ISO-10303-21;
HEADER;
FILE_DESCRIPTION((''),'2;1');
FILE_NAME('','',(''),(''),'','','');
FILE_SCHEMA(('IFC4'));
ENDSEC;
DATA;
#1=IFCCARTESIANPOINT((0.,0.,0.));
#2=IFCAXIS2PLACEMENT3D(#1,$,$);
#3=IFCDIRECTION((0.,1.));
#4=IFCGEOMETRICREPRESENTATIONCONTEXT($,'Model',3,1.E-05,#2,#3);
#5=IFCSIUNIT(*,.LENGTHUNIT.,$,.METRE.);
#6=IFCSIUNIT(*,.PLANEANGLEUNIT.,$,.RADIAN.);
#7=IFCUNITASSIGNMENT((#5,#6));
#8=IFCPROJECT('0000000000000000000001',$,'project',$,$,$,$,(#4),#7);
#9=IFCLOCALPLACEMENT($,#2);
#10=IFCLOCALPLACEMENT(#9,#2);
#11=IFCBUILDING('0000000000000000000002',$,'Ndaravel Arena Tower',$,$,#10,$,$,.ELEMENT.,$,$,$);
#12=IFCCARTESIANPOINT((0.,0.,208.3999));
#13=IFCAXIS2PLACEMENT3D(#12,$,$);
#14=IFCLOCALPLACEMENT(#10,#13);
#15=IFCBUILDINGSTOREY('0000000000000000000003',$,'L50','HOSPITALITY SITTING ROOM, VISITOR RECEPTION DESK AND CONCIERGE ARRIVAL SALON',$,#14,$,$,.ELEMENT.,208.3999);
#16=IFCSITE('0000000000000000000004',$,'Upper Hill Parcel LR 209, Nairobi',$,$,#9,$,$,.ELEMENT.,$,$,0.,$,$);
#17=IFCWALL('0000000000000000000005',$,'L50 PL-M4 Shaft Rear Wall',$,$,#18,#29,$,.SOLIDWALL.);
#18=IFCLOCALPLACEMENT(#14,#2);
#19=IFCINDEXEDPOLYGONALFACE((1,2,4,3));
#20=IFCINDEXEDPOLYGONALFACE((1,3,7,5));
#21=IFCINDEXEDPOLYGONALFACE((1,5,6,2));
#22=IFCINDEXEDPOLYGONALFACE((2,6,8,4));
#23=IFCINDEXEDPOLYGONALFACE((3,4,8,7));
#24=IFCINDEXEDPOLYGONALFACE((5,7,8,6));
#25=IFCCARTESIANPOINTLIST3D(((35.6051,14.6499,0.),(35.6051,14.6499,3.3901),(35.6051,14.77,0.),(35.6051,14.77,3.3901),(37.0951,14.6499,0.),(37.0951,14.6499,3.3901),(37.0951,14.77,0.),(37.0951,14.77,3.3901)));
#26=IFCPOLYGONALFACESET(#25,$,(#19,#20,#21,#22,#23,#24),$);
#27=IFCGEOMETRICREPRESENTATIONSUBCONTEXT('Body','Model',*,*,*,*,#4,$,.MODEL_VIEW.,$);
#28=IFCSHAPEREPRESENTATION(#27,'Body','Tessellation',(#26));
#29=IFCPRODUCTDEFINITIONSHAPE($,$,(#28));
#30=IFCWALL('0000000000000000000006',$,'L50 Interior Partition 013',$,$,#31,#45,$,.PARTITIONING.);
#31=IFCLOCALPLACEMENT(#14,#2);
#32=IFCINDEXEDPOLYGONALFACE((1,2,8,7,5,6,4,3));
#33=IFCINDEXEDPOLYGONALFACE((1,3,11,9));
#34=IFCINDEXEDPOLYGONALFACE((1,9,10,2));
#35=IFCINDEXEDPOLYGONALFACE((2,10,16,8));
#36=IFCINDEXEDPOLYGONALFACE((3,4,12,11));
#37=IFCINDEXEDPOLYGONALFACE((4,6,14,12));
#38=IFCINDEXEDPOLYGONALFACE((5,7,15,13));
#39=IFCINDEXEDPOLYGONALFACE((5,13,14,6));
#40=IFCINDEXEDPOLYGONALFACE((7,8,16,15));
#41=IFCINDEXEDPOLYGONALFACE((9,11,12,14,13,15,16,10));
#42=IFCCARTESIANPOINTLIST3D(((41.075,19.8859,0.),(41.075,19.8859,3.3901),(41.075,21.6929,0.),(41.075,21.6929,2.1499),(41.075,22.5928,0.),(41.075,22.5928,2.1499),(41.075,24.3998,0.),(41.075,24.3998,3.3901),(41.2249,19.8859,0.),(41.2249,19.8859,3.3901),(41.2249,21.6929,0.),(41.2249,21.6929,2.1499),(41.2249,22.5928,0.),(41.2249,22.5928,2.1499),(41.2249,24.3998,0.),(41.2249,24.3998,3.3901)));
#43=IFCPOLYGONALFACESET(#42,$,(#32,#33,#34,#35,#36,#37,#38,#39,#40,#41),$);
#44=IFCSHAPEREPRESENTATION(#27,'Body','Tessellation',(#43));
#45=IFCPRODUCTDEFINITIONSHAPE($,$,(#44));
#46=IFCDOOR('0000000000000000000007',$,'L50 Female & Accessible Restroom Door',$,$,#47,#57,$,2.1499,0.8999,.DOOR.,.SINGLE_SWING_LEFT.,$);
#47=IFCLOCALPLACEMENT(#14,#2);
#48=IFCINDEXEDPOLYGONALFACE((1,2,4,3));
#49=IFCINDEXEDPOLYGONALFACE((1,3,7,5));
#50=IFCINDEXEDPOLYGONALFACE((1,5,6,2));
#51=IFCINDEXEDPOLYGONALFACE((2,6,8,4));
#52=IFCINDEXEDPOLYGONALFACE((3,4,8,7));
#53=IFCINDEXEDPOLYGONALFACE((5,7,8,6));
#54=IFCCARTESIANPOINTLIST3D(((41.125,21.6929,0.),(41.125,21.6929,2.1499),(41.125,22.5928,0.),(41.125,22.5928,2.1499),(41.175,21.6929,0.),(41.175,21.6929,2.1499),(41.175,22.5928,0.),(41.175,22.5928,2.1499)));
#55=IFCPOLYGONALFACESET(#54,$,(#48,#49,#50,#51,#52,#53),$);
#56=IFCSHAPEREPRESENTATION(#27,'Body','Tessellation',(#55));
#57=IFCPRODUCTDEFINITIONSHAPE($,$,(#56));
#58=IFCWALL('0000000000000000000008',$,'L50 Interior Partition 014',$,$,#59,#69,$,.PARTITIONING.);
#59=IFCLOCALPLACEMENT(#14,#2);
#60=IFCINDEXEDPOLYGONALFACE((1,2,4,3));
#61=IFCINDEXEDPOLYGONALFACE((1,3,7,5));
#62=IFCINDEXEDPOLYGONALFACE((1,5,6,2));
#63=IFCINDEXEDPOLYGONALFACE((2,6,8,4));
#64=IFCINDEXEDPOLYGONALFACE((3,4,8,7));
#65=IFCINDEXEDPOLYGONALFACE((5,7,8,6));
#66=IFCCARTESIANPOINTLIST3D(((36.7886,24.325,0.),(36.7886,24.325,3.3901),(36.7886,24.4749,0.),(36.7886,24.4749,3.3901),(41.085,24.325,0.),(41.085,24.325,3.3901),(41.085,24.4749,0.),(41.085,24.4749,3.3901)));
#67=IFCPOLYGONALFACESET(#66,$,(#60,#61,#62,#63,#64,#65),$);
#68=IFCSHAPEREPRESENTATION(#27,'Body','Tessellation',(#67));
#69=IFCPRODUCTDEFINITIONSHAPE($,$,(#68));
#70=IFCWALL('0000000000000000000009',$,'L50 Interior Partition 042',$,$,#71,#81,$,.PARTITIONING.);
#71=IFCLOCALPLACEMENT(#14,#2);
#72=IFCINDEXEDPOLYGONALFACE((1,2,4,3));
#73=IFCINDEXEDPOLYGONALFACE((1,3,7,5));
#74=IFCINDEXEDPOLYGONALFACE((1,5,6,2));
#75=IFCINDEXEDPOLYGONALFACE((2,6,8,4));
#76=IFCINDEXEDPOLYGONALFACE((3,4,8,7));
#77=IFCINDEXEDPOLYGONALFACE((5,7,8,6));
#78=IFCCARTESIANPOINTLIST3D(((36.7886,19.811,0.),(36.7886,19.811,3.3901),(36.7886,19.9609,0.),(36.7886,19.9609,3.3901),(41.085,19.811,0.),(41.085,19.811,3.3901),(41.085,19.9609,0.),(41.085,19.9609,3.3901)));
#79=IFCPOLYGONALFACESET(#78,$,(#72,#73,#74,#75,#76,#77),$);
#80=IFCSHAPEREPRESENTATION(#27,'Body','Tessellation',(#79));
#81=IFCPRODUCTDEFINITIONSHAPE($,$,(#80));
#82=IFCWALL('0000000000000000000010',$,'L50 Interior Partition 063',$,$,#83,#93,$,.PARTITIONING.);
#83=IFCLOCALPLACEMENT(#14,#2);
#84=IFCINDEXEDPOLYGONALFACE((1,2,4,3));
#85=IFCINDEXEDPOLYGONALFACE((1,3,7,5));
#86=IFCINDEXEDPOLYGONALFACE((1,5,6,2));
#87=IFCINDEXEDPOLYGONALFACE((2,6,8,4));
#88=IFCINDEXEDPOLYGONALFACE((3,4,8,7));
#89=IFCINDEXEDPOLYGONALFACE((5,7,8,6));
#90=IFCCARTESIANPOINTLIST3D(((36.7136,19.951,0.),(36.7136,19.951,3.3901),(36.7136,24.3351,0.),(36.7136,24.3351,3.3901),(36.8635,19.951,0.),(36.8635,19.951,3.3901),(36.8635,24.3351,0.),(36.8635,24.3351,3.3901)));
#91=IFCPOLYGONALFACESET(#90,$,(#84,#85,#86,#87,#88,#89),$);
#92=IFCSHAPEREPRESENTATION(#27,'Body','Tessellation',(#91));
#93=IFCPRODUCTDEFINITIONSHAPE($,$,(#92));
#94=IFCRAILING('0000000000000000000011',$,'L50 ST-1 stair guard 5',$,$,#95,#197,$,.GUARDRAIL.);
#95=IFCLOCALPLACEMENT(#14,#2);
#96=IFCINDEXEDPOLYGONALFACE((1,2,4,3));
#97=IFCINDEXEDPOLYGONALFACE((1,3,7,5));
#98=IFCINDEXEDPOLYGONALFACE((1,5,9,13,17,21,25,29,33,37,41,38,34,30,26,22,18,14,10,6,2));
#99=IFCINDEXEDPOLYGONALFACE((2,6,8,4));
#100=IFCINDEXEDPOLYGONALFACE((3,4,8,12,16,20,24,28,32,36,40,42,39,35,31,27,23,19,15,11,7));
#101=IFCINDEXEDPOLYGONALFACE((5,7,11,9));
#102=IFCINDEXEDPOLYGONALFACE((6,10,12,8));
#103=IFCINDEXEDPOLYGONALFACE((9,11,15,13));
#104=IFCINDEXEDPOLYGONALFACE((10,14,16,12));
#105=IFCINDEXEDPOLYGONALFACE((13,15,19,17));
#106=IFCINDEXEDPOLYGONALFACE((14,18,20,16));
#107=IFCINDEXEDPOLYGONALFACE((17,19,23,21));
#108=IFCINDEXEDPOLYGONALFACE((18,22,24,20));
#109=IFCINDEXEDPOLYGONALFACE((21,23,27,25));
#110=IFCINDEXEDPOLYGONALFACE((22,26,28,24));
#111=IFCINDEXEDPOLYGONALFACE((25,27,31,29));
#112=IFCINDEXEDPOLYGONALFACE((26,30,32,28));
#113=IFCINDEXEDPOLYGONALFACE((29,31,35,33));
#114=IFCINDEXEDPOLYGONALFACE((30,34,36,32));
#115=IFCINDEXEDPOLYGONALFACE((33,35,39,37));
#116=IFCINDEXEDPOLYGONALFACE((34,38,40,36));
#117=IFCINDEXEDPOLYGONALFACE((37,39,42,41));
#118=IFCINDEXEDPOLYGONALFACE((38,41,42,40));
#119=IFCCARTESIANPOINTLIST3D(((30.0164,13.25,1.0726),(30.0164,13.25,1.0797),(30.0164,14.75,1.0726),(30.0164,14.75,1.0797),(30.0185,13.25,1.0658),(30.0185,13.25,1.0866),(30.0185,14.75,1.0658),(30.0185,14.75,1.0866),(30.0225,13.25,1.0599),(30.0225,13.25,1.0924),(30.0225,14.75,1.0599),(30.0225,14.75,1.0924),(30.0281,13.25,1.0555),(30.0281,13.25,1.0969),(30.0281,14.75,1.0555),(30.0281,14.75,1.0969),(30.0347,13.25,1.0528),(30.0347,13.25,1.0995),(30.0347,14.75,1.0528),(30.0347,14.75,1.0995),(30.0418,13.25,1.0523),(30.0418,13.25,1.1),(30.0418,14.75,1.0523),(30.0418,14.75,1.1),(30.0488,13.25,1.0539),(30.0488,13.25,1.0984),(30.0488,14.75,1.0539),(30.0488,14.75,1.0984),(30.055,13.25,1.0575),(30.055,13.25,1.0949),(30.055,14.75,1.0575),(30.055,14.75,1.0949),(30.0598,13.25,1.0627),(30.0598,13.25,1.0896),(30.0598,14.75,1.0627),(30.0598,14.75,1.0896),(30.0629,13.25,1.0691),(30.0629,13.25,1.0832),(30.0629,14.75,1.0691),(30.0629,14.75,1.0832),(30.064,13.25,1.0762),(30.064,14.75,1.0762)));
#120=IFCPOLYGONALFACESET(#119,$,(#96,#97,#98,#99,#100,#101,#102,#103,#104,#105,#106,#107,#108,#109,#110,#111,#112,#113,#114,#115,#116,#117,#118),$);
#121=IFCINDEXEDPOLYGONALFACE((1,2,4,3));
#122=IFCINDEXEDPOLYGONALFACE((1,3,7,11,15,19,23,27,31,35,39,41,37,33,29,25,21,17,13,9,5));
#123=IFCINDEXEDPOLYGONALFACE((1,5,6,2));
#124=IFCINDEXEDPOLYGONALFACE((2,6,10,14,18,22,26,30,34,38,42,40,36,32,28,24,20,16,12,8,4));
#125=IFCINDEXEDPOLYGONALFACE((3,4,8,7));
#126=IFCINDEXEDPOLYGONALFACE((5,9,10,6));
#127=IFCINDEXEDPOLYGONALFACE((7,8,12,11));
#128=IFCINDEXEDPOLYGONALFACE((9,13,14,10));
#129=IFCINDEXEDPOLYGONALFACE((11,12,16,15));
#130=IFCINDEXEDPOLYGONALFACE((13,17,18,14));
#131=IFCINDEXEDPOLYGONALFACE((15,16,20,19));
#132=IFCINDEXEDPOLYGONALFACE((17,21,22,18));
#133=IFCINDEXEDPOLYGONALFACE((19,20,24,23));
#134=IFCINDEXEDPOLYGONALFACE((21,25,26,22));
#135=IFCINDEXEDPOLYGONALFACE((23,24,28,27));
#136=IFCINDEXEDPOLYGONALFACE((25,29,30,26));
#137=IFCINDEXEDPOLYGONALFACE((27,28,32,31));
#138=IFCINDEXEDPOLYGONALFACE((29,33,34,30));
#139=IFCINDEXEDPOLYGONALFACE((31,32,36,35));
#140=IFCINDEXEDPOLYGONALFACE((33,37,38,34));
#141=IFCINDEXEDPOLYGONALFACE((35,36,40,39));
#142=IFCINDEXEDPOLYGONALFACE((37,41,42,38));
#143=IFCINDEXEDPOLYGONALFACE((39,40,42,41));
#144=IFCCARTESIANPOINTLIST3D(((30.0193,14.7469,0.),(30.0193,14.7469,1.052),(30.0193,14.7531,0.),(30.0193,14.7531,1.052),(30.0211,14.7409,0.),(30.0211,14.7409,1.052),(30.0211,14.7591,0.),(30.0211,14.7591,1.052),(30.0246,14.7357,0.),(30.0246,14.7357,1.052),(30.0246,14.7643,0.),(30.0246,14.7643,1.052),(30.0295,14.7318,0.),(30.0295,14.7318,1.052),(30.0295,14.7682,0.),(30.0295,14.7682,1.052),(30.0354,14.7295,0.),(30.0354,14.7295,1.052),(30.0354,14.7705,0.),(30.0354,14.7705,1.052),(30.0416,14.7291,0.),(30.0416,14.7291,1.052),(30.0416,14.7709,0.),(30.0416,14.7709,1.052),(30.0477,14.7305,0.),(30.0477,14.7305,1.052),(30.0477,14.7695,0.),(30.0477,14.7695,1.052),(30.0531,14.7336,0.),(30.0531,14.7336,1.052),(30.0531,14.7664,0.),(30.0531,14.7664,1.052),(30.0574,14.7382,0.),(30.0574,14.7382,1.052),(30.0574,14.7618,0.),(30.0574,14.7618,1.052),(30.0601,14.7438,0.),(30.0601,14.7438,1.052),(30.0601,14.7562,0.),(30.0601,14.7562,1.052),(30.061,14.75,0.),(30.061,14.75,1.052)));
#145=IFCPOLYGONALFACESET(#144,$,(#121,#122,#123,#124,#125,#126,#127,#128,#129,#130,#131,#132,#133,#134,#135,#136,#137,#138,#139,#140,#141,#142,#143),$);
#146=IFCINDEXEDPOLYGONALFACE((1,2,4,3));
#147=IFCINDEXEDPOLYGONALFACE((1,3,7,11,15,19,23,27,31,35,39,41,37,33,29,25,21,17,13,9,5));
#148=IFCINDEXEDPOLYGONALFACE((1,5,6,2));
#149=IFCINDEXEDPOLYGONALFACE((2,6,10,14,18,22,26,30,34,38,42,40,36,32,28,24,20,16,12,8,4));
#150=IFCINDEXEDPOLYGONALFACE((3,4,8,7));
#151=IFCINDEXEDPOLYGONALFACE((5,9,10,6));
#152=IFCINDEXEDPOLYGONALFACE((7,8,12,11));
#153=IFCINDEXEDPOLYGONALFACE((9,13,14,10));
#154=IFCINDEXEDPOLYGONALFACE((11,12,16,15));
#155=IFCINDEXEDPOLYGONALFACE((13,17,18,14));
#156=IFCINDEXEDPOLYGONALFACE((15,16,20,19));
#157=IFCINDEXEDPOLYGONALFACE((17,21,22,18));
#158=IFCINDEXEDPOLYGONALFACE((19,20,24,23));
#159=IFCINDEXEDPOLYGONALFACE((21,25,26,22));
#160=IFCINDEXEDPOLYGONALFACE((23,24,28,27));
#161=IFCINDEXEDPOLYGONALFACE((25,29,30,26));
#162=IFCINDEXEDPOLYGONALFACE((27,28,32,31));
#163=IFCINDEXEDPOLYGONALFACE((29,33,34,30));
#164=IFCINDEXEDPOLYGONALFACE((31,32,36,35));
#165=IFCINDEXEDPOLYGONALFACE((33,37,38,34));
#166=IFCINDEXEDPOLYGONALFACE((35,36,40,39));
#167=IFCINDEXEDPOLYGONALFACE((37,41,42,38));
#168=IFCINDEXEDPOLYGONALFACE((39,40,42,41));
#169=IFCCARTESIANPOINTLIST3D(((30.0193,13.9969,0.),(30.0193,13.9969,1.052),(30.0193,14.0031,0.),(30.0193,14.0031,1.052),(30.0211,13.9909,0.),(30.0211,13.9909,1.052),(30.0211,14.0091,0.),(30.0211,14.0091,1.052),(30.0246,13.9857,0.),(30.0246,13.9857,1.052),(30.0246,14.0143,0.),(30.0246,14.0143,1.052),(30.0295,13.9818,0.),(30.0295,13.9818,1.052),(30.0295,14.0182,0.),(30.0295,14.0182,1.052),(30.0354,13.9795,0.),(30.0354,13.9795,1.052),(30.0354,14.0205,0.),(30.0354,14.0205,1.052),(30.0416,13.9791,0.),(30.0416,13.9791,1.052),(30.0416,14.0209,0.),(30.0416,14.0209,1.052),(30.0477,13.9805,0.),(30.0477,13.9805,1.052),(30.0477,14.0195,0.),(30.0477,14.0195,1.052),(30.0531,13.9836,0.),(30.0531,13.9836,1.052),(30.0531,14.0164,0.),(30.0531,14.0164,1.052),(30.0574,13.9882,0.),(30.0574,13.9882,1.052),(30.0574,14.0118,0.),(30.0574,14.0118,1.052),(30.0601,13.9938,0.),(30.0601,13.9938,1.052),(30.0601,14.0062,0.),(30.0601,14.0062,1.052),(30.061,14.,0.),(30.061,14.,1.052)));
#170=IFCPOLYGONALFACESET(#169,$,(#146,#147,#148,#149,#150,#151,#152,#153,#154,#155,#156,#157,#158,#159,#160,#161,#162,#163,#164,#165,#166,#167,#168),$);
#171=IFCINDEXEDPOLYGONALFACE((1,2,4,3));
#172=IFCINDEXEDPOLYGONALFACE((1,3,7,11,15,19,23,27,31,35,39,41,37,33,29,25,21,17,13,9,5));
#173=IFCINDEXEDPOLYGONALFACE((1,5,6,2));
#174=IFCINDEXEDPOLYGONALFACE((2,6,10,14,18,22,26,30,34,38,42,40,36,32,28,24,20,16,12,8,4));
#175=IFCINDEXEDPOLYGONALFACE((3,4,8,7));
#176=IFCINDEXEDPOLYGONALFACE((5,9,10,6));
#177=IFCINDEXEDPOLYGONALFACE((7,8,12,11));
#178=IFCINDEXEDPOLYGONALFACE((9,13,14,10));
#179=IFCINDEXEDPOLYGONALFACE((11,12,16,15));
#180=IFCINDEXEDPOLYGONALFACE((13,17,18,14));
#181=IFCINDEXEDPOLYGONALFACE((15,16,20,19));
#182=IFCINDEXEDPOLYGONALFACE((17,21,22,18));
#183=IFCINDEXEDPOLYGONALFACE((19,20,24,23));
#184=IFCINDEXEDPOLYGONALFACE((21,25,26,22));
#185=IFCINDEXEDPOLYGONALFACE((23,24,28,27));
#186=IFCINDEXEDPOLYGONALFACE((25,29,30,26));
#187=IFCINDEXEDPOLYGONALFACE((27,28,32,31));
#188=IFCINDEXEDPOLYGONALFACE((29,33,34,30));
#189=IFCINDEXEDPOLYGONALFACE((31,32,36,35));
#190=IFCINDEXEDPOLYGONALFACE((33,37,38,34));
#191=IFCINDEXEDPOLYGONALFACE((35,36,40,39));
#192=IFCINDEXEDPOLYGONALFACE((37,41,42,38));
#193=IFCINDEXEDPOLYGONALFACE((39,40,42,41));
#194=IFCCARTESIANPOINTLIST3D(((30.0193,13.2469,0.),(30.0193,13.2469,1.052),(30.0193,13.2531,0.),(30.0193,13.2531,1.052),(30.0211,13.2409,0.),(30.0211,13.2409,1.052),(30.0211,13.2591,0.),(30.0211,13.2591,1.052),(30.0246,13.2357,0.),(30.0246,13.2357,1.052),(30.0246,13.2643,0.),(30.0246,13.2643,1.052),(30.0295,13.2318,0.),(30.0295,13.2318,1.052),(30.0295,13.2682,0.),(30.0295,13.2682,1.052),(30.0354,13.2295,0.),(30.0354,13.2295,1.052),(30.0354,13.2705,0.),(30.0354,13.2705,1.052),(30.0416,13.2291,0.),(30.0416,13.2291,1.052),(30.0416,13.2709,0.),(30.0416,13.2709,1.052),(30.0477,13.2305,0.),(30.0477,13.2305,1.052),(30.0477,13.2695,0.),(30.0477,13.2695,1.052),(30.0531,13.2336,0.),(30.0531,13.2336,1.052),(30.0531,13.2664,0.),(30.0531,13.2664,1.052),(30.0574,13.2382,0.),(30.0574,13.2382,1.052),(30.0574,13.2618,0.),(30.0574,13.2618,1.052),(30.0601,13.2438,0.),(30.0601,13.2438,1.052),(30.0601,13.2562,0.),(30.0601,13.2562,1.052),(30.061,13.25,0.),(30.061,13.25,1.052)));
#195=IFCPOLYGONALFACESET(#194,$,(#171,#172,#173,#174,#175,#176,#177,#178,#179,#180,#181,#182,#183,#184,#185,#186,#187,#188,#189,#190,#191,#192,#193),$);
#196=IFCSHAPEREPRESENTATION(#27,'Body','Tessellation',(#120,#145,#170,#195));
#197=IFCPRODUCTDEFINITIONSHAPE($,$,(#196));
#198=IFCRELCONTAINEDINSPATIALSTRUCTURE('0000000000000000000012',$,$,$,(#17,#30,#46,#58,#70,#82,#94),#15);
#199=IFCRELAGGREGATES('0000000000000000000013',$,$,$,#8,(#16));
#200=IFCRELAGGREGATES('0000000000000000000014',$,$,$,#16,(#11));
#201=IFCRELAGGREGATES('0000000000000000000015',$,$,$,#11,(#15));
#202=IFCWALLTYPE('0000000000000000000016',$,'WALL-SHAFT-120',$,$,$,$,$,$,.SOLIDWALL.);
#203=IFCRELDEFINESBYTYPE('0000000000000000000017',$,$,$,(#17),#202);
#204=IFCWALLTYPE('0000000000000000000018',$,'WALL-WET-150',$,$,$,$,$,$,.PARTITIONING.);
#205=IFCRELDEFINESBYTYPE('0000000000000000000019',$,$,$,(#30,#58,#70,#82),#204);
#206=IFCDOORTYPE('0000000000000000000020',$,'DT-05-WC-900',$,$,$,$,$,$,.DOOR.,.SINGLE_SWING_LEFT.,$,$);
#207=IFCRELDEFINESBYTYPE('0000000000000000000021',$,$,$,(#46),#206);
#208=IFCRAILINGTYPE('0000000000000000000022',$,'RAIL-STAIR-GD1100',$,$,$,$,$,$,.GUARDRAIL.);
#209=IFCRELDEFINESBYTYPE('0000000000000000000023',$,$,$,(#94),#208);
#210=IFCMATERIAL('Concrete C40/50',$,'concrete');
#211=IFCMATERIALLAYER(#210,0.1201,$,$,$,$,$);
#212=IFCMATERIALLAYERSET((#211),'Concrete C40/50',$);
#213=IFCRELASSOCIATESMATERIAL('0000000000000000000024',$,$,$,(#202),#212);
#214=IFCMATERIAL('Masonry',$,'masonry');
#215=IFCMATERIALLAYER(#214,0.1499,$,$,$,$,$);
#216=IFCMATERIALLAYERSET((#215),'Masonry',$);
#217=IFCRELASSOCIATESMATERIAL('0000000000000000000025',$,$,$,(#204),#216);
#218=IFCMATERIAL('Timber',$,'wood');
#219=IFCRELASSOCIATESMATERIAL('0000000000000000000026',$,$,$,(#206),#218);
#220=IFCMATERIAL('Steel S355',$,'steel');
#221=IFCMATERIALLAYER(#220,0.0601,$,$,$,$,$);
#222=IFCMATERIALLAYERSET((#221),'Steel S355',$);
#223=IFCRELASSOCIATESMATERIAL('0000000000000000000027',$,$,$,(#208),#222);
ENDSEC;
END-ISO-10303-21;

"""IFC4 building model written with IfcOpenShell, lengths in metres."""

from ifc_helpers import new_model, si_unit, direction, frame, frame_2d, origin, origin_2d, place, context, subcontext, project, spatial, rectangle, circle, extrude, material, layer, layer_set, type_object, element, fill, save


model = new_model("IFC4")

# Units and contexts
model_context = context("Model", 3, precision=1e-05, world=origin(), true_north=direction((0.0, 1.0)))
body_context = subcontext(model_context, "Body", "Model", "MODEL_VIEW")
ifc_project = project(units=[si_unit("LENGTHUNIT", "METRE"), si_unit("PLANEANGLEUNIT", "RADIAN")], contexts=[model_context])

# Site, building, storey
site_placement = place(None, origin())
site = spatial("IfcSite", under=ifc_project, at=site_placement, Name="Upper Hill Parcel LR 209, Nairobi", CompositionType="ELEMENT", RefElevation=0.0)
building_placement = place(site_placement, origin())
building = spatial("IfcBuilding", under=site, at=building_placement, Name="Ndaravel Arena Tower", CompositionType="ELEMENT")
storey_placement = place(building_placement, frame((0.0, 0.0, 208.3999)))
storey = spatial("IfcBuildingStorey", under=building, at=storey_placement, Name="L50", Description="HOSPITALITY SITTING ROOM, VISITOR RECEPTION DESK AND CONCIERGE ARRIVAL SALON", CompositionType="ELEMENT", Elevation=208.3999)

# Wall
ifc_material_1 = material(Name="Concrete C40/50", Category="concrete")
ifc_layer_1 = layer(ifc_material_1, 0.1201)
ifc_layer_set_1 = layer_set([ifc_layer_1], Name="Concrete C40/50")
wall_type_1 = type_object("IfcWallType", Name="WALL-SHAFT-120", PredefinedType="SOLIDWALL", material=ifc_layer_set_1)
wall_1_placement = place(storey_placement, frame((35.605, 14.71, 0.0), z_axis=(0.0, 0.0, 1.0), x_axis=(1.0, 0.0, 0.0)))
element("IfcWall", 1, at=wall_1_placement, inside=storey, type_object=wall_type_1, Name="L50 PL-M4 Shaft Rear Wall", PredefinedType="SOLIDWALL", context=body_context, shape_type="SweptSolid", body=[
    extrude(rectangle(XDim=1.49, YDim=0.1201, at=frame_2d((0.7451, 0.0))), origin(), (0.0, 0.0, 1.0), 3.3901),
])

# Wall, opening, door
ifc_material_2 = material(Name="Masonry", Category="masonry")
ifc_layer_2 = layer(ifc_material_2, 0.1499)
ifc_layer_set_2 = layer_set([ifc_layer_2], Name="Masonry")
wall_type_2 = type_object("IfcWallType", Name="WALL-WET-150", PredefinedType="PARTITIONING", material=ifc_layer_set_2)
wall_2_placement = place(storey_placement, frame((41.1499, 19.886, 0.0), z_axis=(0.0, 0.0, 1.0), x_axis=(0.0, 1.0, 0.0)))
wall_2 = element("IfcWall", 2, at=wall_2_placement, inside=storey, type_object=wall_type_2, Name="L50 Interior Partition 013", PredefinedType="PARTITIONING", context=body_context, shape_type="SweptSolid", body=[
    extrude(rectangle(XDim=4.5139, YDim=0.1499, at=frame_2d((2.2568, 0.0))), origin(), (0.0, 0.0, 1.0), 3.3901),
])
opening_1_placement = place(wall_2_placement, frame((1.8069, 0.0, 0.0)))
opening_1 = element("IfcOpeningElement", 3, at=opening_1_placement, cuts=wall_2, PredefinedType="OPENING", context=body_context, shape_type="SweptSolid", body=[
    extrude(rectangle(XDim=0.8999, YDim=2.1499, at=frame_2d((0.45, 1.075))), frame((0.0, 0.075, 0.0), z_axis=(0.0, -1.0, 0.0), x_axis=(1.0, 0.0, 0.0)), (0.0, 0.0, 1.0), 0.1499),
])
ifc_material_3 = material(Name="Timber", Category="wood")
door_type_1 = type_object("IfcDoorType", Name="DT-05-WC-900", OperationType="SINGLE_SWING_LEFT", PredefinedType="DOOR", material=ifc_material_3)
door_1_placement = place(opening_1_placement, origin())
door_1 = element("IfcDoor", 4, at=door_1_placement, inside=storey, type_object=door_type_1, Name="L50 Female & Accessible Restroom Door", OperationType="SINGLE_SWING_LEFT", OverallHeight=2.1499, OverallWidth=0.8999, PredefinedType="DOOR", context=body_context, shape_type="SweptSolid", body=[
    extrude(rectangle(XDim=0.8999, YDim=2.1499, at=frame_2d((0.45, 1.075))), frame((0.0, 0.0249, 0.0), z_axis=(0.0, -1.0, 0.0), x_axis=(1.0, 0.0, 0.0)), (0.0, 0.0, 1.0), 0.05),
])
fill(opening_1, door_1)

# Walls
for number, where, z_axis, x_axis, name in (
    (5, (41.085, 24.3999, 0.0), (0.0, 0.0, 1.0), (-1.0, 0.0, 0.0), "L50 Interior Partition 014"),
    (6, (36.7886, 19.886, 0.0), (0.0, 0.0, 1.0), (1.0, 0.0, 0.0), "L50 Interior Partition 042"),
):
    element("IfcWall", number, at=place(storey_placement, frame(where, z_axis=z_axis, x_axis=x_axis)), inside=storey, type_object=wall_type_2, Name=name, PredefinedType="PARTITIONING", context=body_context, shape_type="SweptSolid", body=[
        extrude(rectangle(XDim=4.2964, YDim=0.1499, at=frame_2d((2.1482, 0.0))), origin(), (0.0, 0.0, 1.0), 3.3901),
    ])
wall_3_placement = place(storey_placement, frame((36.7886, 24.335, 0.0), z_axis=(0.0, 0.0, 1.0), x_axis=(0.0, -1.0, 0.0)))
element("IfcWall", 7, at=wall_3_placement, inside=storey, type_object=wall_type_2, Name="L50 Interior Partition 063", PredefinedType="PARTITIONING", context=body_context, shape_type="SweptSolid", body=[
    extrude(rectangle(XDim=4.384, YDim=0.1499, at=frame_2d((2.1919, 0.0))), origin(), (0.0, 0.0, 1.0), 3.3901),
])

# Railing
ifc_material_4 = material(Name="Steel S355", Category="steel")
ifc_layer_3 = layer(ifc_material_4, 0.0601)
ifc_layer_set_3 = layer_set([ifc_layer_3], Name="Steel S355")
railing_type = type_object("IfcRailingType", Name="RAIL-STAIR-GD1100", PredefinedType="GUARDRAIL", material=ifc_layer_set_3)
railing_placement = place(storey_placement, frame((30.04, 14.75, 0.0)))
element("IfcRailing", 8, at=railing_placement, inside=storey, type_object=railing_type, Name="L50 ST-1 stair guard 5", PredefinedType="GUARDRAIL", context=body_context, shape_type="SweptSolid", body=[
    extrude(circle(Radius=0.0239, at=origin_2d()), frame((0.0, 0.0, 1.0762), z_axis=(0.0, -1.0, 0.0), x_axis=(1.0, 0.0, 0.0)), (0.0, 0.0, 1.0), 1.5),
    extrude(circle(Radius=0.021, at=origin_2d()), origin(), (0.0, 0.0, 1.0), 1.052),
    extrude(circle(Radius=0.021, at=origin_2d()), frame((0.0, -0.75, 0.0)), (0.0, 0.0, 1.0), 1.052),
    extrude(circle(Radius=0.021, at=origin_2d()), frame((0.0, -1.5, 0.0)), (0.0, 0.0, 1.0), 1.052),
])

save(model, "model.ifc")
